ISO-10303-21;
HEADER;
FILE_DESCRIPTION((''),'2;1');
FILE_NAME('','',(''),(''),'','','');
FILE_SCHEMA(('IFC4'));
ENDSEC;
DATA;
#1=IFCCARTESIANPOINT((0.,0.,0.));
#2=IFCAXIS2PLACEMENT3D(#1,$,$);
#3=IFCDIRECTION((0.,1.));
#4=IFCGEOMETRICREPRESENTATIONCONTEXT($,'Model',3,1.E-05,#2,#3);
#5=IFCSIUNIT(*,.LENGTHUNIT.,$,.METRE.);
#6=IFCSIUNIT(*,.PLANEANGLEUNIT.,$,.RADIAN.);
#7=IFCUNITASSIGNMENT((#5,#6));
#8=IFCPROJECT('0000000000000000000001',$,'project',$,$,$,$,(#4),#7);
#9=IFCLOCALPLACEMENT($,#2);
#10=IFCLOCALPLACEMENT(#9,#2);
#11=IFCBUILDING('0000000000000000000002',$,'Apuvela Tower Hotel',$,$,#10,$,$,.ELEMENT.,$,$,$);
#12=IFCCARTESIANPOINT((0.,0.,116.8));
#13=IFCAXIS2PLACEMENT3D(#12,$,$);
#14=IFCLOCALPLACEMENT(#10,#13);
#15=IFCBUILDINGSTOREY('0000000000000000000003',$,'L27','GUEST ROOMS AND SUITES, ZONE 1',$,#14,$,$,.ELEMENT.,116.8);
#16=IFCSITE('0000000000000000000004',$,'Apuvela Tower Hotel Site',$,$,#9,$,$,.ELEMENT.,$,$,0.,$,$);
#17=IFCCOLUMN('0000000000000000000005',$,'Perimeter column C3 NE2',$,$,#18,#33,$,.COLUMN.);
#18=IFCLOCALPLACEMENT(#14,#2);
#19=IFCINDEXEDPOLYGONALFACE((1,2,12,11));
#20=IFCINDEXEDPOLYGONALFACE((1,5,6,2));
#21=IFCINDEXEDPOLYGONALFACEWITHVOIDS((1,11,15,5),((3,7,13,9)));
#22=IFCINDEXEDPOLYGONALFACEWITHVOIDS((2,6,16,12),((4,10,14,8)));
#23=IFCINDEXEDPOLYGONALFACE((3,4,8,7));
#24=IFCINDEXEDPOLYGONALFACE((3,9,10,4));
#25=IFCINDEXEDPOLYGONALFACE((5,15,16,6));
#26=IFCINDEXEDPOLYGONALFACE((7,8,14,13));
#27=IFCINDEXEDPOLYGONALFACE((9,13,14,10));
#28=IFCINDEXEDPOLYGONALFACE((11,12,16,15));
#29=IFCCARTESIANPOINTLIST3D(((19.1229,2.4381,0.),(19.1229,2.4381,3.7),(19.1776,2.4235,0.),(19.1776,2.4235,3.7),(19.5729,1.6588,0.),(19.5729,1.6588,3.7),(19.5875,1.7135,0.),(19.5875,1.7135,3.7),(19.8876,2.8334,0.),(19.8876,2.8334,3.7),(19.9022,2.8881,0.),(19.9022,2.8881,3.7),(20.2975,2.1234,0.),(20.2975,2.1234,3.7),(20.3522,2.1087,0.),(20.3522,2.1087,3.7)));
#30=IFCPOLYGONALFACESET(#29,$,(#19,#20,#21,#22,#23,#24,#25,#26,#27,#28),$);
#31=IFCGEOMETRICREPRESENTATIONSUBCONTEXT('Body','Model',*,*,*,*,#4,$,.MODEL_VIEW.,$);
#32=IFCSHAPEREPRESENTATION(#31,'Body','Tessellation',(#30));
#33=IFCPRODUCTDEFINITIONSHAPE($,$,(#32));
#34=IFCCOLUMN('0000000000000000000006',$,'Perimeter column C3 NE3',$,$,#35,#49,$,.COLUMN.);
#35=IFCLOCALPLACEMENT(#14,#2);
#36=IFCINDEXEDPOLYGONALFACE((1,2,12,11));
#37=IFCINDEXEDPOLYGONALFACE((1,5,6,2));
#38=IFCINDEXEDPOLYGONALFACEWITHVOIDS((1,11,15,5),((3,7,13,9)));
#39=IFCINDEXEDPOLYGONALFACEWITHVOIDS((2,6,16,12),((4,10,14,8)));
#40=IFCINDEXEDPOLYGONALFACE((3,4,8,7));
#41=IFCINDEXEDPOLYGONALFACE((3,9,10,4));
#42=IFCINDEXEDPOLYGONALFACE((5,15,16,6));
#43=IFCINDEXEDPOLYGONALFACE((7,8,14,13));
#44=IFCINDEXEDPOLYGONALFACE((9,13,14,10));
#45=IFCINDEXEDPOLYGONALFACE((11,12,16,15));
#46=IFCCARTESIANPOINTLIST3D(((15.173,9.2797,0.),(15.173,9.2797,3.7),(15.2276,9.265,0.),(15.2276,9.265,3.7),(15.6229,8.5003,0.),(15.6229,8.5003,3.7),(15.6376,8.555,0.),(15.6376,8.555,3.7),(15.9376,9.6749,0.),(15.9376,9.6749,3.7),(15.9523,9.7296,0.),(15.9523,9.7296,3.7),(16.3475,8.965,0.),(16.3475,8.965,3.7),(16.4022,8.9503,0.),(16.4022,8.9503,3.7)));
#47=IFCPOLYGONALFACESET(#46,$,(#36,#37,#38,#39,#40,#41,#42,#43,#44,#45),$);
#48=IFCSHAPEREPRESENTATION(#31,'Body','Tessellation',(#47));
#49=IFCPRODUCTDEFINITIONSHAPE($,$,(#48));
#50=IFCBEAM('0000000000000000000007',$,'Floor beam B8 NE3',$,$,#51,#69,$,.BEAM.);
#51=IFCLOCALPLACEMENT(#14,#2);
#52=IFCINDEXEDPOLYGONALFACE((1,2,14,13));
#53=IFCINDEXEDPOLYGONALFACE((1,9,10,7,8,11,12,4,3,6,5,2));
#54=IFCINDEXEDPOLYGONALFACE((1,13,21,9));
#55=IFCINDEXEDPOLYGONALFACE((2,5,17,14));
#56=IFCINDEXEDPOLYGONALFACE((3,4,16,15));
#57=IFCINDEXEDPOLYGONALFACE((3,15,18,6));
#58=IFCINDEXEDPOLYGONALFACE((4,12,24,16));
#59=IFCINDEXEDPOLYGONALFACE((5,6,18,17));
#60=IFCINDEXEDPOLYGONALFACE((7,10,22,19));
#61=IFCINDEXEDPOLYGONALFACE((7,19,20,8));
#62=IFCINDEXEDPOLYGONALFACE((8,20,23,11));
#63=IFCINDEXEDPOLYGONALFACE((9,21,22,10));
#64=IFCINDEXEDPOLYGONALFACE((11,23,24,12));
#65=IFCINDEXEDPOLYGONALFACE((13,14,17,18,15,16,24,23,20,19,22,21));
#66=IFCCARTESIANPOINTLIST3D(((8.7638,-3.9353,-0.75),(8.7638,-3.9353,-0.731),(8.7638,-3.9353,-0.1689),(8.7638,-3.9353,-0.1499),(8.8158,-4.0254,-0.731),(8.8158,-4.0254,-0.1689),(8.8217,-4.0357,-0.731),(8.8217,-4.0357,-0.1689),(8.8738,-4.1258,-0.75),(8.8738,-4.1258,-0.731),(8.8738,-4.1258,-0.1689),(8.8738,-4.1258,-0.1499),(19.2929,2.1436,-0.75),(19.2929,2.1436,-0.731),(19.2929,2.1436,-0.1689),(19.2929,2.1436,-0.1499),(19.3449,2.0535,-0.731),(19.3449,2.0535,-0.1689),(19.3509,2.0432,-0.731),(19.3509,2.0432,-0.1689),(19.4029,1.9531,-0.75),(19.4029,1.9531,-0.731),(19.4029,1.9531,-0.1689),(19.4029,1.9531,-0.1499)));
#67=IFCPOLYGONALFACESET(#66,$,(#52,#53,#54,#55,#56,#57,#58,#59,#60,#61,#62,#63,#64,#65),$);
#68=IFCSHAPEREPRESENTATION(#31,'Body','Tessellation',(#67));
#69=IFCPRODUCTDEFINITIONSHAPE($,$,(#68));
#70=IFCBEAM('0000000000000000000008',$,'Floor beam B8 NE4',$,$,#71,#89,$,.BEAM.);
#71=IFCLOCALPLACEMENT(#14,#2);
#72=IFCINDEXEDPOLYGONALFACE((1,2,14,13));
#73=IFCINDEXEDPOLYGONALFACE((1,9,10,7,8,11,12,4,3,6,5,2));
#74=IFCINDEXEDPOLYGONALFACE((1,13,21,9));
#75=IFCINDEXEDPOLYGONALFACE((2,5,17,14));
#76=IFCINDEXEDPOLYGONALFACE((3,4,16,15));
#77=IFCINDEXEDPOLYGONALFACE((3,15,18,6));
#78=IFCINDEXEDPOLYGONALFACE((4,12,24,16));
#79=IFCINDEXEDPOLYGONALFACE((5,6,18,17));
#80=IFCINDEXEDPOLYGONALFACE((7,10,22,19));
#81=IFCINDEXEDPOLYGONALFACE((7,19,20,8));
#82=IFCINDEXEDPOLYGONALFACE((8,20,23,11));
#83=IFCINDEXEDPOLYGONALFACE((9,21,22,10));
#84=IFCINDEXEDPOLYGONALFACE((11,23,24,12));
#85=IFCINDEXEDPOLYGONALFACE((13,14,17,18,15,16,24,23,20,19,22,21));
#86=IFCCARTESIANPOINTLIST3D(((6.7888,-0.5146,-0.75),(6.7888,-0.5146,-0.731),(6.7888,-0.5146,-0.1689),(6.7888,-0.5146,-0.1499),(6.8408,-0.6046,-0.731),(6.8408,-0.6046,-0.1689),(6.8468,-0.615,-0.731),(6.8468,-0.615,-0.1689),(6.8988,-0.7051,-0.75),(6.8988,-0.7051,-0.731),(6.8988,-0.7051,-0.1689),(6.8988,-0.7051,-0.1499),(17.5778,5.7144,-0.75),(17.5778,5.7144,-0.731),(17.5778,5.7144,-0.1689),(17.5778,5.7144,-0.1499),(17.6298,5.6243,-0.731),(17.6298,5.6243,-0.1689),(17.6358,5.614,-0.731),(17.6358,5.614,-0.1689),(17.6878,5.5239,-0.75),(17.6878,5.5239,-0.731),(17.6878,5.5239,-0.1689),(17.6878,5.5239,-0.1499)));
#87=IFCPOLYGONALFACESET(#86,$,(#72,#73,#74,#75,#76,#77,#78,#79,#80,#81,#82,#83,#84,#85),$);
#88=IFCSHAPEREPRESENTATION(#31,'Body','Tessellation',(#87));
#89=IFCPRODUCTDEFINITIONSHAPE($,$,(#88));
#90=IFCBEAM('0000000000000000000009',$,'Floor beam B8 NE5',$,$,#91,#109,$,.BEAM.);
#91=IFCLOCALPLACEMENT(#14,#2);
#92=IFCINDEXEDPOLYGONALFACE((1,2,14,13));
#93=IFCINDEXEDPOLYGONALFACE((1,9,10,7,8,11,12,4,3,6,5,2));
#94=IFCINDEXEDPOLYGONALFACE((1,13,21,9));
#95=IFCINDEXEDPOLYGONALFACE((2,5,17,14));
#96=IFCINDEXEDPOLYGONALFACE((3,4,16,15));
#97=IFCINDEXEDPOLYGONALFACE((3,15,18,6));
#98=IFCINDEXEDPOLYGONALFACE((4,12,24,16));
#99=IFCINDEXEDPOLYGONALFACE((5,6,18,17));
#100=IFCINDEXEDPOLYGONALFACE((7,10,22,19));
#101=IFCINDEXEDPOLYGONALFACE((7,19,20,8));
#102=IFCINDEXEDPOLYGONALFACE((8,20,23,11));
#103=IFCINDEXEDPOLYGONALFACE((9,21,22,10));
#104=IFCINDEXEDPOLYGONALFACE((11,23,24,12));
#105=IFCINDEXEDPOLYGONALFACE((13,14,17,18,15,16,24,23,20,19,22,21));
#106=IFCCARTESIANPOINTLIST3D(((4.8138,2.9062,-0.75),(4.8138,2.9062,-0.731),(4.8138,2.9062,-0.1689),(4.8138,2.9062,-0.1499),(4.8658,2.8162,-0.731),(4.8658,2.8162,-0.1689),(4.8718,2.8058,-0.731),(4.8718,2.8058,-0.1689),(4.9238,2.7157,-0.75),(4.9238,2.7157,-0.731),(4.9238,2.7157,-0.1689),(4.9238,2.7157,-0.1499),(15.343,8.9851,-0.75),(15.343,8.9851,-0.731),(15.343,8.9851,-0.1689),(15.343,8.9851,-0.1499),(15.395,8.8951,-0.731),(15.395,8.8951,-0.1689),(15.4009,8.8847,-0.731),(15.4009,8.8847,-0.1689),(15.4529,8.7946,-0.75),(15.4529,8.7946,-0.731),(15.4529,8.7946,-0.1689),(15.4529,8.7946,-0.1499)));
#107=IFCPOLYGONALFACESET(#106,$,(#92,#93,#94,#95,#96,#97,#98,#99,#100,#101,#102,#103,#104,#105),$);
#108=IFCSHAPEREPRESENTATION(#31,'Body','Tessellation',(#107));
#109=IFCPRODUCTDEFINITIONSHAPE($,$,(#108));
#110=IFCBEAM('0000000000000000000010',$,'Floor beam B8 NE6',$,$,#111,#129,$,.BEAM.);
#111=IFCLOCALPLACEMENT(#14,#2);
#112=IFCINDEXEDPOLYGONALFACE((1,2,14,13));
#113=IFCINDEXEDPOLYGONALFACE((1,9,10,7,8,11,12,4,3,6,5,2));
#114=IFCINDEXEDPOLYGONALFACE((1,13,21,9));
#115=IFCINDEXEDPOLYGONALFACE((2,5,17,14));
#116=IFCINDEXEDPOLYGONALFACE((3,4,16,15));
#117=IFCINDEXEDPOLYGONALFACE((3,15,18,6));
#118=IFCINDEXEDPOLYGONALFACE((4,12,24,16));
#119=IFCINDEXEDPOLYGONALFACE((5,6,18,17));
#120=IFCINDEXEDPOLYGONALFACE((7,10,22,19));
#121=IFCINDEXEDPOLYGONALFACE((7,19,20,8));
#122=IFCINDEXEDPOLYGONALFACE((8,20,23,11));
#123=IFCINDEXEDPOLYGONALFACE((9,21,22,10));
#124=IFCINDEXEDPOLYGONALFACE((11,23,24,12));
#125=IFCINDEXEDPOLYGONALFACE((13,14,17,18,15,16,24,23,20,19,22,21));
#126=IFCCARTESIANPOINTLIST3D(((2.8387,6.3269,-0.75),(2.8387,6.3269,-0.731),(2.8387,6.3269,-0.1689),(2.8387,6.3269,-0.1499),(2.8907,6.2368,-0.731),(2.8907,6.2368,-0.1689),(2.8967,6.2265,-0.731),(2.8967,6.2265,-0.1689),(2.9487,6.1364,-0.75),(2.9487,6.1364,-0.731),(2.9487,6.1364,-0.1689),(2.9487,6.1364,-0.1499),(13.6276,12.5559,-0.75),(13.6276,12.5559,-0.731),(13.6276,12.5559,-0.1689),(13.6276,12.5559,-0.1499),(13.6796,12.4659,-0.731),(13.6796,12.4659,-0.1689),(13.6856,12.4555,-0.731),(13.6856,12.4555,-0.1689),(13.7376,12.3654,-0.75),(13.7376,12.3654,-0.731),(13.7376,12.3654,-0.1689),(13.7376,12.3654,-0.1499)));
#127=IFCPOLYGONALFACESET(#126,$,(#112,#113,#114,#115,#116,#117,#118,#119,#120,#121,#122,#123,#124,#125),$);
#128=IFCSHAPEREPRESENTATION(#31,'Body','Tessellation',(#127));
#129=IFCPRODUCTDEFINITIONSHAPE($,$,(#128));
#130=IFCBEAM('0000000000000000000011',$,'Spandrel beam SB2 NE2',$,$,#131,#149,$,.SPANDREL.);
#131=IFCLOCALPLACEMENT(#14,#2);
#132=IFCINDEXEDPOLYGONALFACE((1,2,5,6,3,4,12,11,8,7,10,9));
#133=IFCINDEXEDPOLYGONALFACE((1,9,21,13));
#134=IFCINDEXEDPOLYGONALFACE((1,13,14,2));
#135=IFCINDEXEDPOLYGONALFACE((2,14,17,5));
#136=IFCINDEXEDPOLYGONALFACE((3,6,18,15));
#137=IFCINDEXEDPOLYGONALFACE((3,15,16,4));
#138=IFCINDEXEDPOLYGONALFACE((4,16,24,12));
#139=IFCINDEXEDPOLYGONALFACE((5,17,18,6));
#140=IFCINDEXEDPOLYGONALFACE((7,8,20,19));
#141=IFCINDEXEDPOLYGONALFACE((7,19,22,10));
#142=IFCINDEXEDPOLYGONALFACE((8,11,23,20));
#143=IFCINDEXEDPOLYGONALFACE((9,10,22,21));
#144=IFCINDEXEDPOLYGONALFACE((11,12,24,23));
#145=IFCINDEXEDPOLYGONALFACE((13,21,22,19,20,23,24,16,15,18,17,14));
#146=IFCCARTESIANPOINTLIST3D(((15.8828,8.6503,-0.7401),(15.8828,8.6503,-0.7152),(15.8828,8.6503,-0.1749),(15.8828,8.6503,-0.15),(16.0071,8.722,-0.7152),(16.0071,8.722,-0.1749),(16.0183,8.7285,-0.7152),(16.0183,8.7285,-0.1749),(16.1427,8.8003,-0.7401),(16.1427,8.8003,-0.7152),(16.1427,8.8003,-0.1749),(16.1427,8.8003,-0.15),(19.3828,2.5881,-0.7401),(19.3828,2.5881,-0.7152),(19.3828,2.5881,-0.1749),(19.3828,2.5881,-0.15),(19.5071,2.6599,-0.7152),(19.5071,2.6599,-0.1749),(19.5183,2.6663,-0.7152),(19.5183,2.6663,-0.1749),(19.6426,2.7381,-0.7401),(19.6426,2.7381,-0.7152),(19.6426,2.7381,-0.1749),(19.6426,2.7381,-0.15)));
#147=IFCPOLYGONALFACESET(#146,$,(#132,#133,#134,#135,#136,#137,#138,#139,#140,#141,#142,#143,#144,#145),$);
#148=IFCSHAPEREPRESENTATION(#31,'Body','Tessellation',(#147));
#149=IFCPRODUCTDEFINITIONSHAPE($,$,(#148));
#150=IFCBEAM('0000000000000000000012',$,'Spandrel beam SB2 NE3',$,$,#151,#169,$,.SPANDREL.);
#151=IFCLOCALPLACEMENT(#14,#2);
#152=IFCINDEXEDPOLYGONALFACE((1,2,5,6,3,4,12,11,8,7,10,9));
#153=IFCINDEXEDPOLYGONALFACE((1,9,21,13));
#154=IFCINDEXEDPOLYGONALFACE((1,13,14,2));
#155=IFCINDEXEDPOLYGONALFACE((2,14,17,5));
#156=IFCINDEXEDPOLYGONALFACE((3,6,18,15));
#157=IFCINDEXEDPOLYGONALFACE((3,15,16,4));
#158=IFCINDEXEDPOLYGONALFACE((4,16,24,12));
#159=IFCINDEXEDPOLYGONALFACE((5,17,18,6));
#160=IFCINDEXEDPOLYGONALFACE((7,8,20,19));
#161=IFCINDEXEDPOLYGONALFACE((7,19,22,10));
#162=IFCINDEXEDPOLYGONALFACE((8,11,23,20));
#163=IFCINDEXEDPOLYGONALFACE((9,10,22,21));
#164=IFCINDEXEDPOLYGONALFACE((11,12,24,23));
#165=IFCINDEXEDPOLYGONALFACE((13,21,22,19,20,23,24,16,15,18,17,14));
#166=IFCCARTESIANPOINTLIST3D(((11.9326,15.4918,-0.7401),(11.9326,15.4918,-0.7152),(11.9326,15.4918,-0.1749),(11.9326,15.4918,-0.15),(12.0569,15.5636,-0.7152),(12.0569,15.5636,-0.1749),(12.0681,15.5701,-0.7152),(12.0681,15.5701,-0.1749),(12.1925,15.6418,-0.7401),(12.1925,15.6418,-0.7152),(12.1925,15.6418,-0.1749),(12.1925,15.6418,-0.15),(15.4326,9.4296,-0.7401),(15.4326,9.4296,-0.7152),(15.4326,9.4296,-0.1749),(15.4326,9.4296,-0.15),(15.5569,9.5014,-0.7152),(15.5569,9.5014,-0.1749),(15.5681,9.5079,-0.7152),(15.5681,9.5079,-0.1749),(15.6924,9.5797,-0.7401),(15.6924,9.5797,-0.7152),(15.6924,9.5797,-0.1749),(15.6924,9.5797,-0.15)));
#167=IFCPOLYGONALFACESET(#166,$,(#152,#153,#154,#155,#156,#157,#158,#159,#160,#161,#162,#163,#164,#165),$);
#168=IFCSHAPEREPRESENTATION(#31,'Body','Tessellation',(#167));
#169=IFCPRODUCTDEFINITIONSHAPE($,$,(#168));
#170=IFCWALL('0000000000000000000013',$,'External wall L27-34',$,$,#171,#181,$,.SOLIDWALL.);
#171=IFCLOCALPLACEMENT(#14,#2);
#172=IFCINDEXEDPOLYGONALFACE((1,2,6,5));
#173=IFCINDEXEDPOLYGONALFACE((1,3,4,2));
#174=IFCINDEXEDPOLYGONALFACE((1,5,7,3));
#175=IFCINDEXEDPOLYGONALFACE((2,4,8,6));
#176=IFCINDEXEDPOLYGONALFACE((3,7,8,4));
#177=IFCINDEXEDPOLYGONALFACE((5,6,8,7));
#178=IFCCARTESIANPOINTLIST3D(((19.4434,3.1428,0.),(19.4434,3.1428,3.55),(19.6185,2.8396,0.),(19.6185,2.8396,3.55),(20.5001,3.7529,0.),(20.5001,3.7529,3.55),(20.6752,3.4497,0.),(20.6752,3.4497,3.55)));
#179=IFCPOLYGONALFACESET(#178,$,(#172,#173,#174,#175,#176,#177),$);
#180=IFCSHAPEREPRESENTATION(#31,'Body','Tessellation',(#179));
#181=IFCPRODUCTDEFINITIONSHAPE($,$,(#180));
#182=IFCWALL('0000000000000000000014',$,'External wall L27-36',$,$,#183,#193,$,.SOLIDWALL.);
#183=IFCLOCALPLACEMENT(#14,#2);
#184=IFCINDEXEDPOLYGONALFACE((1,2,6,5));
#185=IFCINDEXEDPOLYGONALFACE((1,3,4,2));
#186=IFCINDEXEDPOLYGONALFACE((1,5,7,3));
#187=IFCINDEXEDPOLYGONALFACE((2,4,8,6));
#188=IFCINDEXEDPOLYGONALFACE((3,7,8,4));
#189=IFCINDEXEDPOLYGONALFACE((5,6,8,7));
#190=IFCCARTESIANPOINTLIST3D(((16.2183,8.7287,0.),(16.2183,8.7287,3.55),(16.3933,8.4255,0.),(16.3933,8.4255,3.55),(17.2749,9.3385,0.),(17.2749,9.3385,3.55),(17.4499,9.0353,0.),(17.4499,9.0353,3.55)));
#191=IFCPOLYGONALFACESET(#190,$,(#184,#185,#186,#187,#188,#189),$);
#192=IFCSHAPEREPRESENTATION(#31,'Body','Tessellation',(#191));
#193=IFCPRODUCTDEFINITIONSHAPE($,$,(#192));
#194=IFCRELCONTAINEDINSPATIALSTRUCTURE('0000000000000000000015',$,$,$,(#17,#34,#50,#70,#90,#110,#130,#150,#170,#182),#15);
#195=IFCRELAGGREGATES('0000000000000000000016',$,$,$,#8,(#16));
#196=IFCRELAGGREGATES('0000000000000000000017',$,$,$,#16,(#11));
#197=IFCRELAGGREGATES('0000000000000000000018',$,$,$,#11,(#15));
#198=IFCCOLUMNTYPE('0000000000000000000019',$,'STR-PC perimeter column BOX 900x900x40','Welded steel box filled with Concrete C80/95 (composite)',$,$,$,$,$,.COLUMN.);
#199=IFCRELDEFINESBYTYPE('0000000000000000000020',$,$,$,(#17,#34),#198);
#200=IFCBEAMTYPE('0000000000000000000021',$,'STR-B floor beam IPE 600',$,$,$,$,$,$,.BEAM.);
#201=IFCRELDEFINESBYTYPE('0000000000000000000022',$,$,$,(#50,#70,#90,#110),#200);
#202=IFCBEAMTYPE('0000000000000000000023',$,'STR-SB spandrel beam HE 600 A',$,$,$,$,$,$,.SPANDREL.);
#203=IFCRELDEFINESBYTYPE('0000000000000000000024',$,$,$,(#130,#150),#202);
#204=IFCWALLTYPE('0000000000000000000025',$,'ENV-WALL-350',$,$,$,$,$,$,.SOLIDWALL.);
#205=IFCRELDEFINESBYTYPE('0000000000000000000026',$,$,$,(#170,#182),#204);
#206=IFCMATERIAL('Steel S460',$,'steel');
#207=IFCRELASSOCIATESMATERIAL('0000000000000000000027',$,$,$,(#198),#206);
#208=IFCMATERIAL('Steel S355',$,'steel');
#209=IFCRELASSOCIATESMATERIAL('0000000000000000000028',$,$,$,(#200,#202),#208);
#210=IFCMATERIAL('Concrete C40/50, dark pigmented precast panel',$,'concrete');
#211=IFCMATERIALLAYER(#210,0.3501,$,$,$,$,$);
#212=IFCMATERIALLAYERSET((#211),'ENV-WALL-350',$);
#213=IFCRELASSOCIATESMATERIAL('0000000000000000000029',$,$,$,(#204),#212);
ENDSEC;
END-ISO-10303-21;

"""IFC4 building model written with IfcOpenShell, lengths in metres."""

from ifc_helpers import new_model, si_unit, direction, frame, frame_2d, origin, origin_2d, place, context, subcontext, project, spatial, rectangle, hollow_rectangle, i_section, extrude, material, layer, layer_set, material_profile, profile_set, type_object, element, save


model = new_model("IFC4")

# Units and contexts
model_context = context("Model", 3, precision=1e-05, world=origin(), true_north=direction((0.0, 1.0)))
body_context = subcontext(model_context, "Body", "Model", "MODEL_VIEW")
ifc_project = project(units=[si_unit("LENGTHUNIT", "METRE"), si_unit("PLANEANGLEUNIT", "RADIAN")], contexts=[model_context])

# Site, building, storey
site_placement = place(None, origin())
site = spatial("IfcSite", under=ifc_project, at=site_placement, Name="Apuvela Tower Hotel Site", CompositionType="ELEMENT", RefElevation=0.0)
building_placement = place(site_placement, origin())
building = spatial("IfcBuilding", under=site, at=building_placement, Name="Apuvela Tower Hotel", CompositionType="ELEMENT")
storey_placement = place(building_placement, frame((0.0, 0.0, 116.8)))
storey = spatial("IfcBuildingStorey", under=building, at=storey_placement, Name="L27", Description="GUEST ROOMS AND SUITES, ZONE 1", CompositionType="ELEMENT", Elevation=116.8)

# Columns
ifc_material_1 = material(Name="Steel S460", Category="steel")
ifc_material_profile_1 = material_profile(ifc_material_1, hollow_rectangle(XDim=0.8999, YDim=0.8999, WallThickness=0.04, at=origin_2d()), Name="BOX 900x900x40")
ifc_material_2 = material(Name="Concrete C80/95", Category="concrete")
ifc_material_profile_2 = material_profile(ifc_material_2, rectangle(XDim=0.8201, YDim=0.8201, at=origin_2d()), Name="Concrete C80/95 infill")
ifc_profile_set_1 = profile_set([ifc_material_profile_1, ifc_material_profile_2], Name="Steel S460")
column_type = type_object("IfcColumnType", Name="STR-PC perimeter column BOX 900x900x40", Description="Welded steel box filled with Concrete C80/95 (composite)", PredefinedType="COLUMN", material=ifc_profile_set_1)
for number, where, z_axis, x_axis, name in (
    (1, (19.7375, 2.2734, 0.0), (0.0, 0.0, 1.0), (-0.5, 0.866025, 0.0), "Perimeter column C3 NE2"),
    (2, (15.7876, 9.115, 0.0), (0.0, 0.0, 1.0), (-0.5, 0.866025, 0.0), "Perimeter column C3 NE3"),
):
    element("IfcColumn", number, at=place(storey_placement, frame(where, z_axis=z_axis, x_axis=x_axis)), inside=storey, type_object=column_type, Name=name, PredefinedType="COLUMN", context=body_context, shape_type="SweptSolid", body=[
        extrude(hollow_rectangle(XDim=0.8999, YDim=0.8999, WallThickness=0.04, at=origin_2d()), origin(), (0.0, 0.0, 1.0), 3.7),
    ])

# Beams
ifc_material_3 = material(Name="Steel S355", Category="steel")
ifc_material_profile_3 = material_profile(ifc_material_3, i_section(OverallWidth=0.22, OverallDepth=0.6001, WebThickness=0.012, FlangeThickness=0.019, at=origin_2d()), Name="IPE 600")
ifc_profile_set_2 = profile_set([ifc_material_profile_3], Name="Steel S355")
beam_type_1 = type_object("IfcBeamType", Name="STR-B floor beam IPE 600", PredefinedType="BEAM", material=ifc_profile_set_2)
beam_1_placement = place(storey_placement, frame((19.3479, 2.0483, -0.45), z_axis=(-0.866029, -0.499994, 0.0), x_axis=(0.499994, -0.866029, 0.0)))
element("IfcBeam", 3, at=beam_1_placement, inside=storey, type_object=beam_type_1, Name="Floor beam B8 NE3", PredefinedType="BEAM", context=body_context, shape_type="SweptSolid", body=[
    extrude(i_section(OverallWidth=0.22, OverallDepth=0.6001, WebThickness=0.012, FlangeThickness=0.019, at=origin_2d()), origin(), (0.0, 0.0, 1.0), 12.158),
])
beam_2_placement = place(storey_placement, frame((17.6328, 5.6191, -0.45), z_axis=(-0.866028, -0.499996, 0.0), x_axis=(0.499996, -0.866028, 0.0)))
element("IfcBeam", 4, at=beam_2_placement, inside=storey, type_object=beam_type_1, Name="Floor beam B8 NE4", PredefinedType="BEAM", context=body_context, shape_type="SweptSolid", body=[
    extrude(i_section(OverallWidth=0.22, OverallDepth=0.6001, WebThickness=0.012, FlangeThickness=0.019, at=origin_2d()), origin(), (0.0, 0.0, 1.0), 12.458),
])
beam_3_placement = place(storey_placement, frame((15.3979, 8.8899, -0.45), z_axis=(-0.866029, -0.499994, 0.0), x_axis=(0.499994, -0.866029, 0.0)))
element("IfcBeam", 5, at=beam_3_placement, inside=storey, type_object=beam_type_1, Name="Floor beam B8 NE5", PredefinedType="BEAM", context=body_context, shape_type="SweptSolid", body=[
    extrude(i_section(OverallWidth=0.22, OverallDepth=0.6001, WebThickness=0.012, FlangeThickness=0.019, at=origin_2d()), origin(), (0.0, 0.0, 1.0), 12.158),
])
beam_4_placement = place(storey_placement, frame((13.6826, 12.4607, -0.45), z_axis=(-0.866023, -0.500005, 0.0), x_axis=(0.500005, -0.866023, 0.0)))
element("IfcBeam", 6, at=beam_4_placement, inside=storey, type_object=beam_type_1, Name="Floor beam B8 NE6", PredefinedType="BEAM", context=body_context, shape_type="SweptSolid", body=[
    extrude(i_section(OverallWidth=0.22, OverallDepth=0.6001, WebThickness=0.012, FlangeThickness=0.019, at=origin_2d()), origin(), (0.0, 0.0, 1.0), 12.458),
])
ifc_material_profile_4 = material_profile(ifc_material_3, i_section(OverallWidth=0.3, OverallDepth=0.5901, WebThickness=0.0129, FlangeThickness=0.0249, at=origin_2d()), Name="HE 600 A")
ifc_profile_set_3 = profile_set([ifc_material_profile_4], Name="Steel S355")
beam_type_2 = type_object("IfcBeamType", Name="STR-SB spandrel beam HE 600 A", PredefinedType="SPANDREL", material=ifc_profile_set_3)
for number, where, z_axis, x_axis, name in (
    (7, (19.5127, 2.6631, -0.4451), (-0.499995, 0.866028, 0.0), (-0.866028, -0.499995, 0.0), "Spandrel beam SB2 NE2"),
    (8, (15.5625, 9.5046, -0.4451), (-0.499995, 0.866028, 0.0), (-0.866028, -0.499995, 0.0), "Spandrel beam SB2 NE3"),
):
    element("IfcBeam", number, at=place(storey_placement, frame(where, z_axis=z_axis, x_axis=x_axis)), inside=storey, type_object=beam_type_2, Name=name, PredefinedType="SPANDREL", context=body_context, shape_type="SweptSolid", body=[
        extrude(i_section(OverallWidth=0.3, OverallDepth=0.5901, WebThickness=0.0129, FlangeThickness=0.0249, at=origin_2d()), origin(), (0.0, 0.0, 1.0), 7.0),
    ])

# Wall
ifc_material_4 = material(Name="Concrete C40/50, dark pigmented precast panel", Category="concrete")
ifc_layer_1 = layer(ifc_material_4, 0.3501)
ifc_layer_set_1 = layer_set([ifc_layer_1], Name="ENV-WALL-350")
wall_type_1 = type_object("IfcWallType", Name="ENV-WALL-350", PredefinedType="SOLIDWALL", material=ifc_layer_set_1)
wall_1_placement = place(storey_placement, frame((20.5876, 3.6013, 0.0), z_axis=(0.0, 0.0, 1.0), x_axis=(-0.866006, -0.500034, 0.0)))
element("IfcWall", 9, at=wall_1_placement, inside=storey, type_object=wall_type_1, Name="External wall L27-34", PredefinedType="SOLIDWALL", context=body_context, shape_type="SweptSolid", body=[
    extrude(rectangle(XDim=1.2202, YDim=0.3501, at=frame_2d((0.6101, 0.0))), origin(), (0.0, 0.0, 1.0), 3.55),
])

# Wall
wall_2_placement = place(storey_placement, frame((16.3059, 8.5771, 0.0), z_axis=(0.0, 0.0, 1.0), x_axis=(0.866092, 0.499884, 0.0)))
element("IfcWall", 10, at=wall_2_placement, inside=storey, type_object=wall_type_1, Name="External wall L27-36", PredefinedType="SOLIDWALL", context=body_context, shape_type="SweptSolid", body=[
    extrude(rectangle(XDim=1.22, YDim=0.3501, at=frame_2d((0.6099, 0.0))), origin(), (0.0, 0.0, 1.0), 3.55),
])

save(model, "model.ifc")
